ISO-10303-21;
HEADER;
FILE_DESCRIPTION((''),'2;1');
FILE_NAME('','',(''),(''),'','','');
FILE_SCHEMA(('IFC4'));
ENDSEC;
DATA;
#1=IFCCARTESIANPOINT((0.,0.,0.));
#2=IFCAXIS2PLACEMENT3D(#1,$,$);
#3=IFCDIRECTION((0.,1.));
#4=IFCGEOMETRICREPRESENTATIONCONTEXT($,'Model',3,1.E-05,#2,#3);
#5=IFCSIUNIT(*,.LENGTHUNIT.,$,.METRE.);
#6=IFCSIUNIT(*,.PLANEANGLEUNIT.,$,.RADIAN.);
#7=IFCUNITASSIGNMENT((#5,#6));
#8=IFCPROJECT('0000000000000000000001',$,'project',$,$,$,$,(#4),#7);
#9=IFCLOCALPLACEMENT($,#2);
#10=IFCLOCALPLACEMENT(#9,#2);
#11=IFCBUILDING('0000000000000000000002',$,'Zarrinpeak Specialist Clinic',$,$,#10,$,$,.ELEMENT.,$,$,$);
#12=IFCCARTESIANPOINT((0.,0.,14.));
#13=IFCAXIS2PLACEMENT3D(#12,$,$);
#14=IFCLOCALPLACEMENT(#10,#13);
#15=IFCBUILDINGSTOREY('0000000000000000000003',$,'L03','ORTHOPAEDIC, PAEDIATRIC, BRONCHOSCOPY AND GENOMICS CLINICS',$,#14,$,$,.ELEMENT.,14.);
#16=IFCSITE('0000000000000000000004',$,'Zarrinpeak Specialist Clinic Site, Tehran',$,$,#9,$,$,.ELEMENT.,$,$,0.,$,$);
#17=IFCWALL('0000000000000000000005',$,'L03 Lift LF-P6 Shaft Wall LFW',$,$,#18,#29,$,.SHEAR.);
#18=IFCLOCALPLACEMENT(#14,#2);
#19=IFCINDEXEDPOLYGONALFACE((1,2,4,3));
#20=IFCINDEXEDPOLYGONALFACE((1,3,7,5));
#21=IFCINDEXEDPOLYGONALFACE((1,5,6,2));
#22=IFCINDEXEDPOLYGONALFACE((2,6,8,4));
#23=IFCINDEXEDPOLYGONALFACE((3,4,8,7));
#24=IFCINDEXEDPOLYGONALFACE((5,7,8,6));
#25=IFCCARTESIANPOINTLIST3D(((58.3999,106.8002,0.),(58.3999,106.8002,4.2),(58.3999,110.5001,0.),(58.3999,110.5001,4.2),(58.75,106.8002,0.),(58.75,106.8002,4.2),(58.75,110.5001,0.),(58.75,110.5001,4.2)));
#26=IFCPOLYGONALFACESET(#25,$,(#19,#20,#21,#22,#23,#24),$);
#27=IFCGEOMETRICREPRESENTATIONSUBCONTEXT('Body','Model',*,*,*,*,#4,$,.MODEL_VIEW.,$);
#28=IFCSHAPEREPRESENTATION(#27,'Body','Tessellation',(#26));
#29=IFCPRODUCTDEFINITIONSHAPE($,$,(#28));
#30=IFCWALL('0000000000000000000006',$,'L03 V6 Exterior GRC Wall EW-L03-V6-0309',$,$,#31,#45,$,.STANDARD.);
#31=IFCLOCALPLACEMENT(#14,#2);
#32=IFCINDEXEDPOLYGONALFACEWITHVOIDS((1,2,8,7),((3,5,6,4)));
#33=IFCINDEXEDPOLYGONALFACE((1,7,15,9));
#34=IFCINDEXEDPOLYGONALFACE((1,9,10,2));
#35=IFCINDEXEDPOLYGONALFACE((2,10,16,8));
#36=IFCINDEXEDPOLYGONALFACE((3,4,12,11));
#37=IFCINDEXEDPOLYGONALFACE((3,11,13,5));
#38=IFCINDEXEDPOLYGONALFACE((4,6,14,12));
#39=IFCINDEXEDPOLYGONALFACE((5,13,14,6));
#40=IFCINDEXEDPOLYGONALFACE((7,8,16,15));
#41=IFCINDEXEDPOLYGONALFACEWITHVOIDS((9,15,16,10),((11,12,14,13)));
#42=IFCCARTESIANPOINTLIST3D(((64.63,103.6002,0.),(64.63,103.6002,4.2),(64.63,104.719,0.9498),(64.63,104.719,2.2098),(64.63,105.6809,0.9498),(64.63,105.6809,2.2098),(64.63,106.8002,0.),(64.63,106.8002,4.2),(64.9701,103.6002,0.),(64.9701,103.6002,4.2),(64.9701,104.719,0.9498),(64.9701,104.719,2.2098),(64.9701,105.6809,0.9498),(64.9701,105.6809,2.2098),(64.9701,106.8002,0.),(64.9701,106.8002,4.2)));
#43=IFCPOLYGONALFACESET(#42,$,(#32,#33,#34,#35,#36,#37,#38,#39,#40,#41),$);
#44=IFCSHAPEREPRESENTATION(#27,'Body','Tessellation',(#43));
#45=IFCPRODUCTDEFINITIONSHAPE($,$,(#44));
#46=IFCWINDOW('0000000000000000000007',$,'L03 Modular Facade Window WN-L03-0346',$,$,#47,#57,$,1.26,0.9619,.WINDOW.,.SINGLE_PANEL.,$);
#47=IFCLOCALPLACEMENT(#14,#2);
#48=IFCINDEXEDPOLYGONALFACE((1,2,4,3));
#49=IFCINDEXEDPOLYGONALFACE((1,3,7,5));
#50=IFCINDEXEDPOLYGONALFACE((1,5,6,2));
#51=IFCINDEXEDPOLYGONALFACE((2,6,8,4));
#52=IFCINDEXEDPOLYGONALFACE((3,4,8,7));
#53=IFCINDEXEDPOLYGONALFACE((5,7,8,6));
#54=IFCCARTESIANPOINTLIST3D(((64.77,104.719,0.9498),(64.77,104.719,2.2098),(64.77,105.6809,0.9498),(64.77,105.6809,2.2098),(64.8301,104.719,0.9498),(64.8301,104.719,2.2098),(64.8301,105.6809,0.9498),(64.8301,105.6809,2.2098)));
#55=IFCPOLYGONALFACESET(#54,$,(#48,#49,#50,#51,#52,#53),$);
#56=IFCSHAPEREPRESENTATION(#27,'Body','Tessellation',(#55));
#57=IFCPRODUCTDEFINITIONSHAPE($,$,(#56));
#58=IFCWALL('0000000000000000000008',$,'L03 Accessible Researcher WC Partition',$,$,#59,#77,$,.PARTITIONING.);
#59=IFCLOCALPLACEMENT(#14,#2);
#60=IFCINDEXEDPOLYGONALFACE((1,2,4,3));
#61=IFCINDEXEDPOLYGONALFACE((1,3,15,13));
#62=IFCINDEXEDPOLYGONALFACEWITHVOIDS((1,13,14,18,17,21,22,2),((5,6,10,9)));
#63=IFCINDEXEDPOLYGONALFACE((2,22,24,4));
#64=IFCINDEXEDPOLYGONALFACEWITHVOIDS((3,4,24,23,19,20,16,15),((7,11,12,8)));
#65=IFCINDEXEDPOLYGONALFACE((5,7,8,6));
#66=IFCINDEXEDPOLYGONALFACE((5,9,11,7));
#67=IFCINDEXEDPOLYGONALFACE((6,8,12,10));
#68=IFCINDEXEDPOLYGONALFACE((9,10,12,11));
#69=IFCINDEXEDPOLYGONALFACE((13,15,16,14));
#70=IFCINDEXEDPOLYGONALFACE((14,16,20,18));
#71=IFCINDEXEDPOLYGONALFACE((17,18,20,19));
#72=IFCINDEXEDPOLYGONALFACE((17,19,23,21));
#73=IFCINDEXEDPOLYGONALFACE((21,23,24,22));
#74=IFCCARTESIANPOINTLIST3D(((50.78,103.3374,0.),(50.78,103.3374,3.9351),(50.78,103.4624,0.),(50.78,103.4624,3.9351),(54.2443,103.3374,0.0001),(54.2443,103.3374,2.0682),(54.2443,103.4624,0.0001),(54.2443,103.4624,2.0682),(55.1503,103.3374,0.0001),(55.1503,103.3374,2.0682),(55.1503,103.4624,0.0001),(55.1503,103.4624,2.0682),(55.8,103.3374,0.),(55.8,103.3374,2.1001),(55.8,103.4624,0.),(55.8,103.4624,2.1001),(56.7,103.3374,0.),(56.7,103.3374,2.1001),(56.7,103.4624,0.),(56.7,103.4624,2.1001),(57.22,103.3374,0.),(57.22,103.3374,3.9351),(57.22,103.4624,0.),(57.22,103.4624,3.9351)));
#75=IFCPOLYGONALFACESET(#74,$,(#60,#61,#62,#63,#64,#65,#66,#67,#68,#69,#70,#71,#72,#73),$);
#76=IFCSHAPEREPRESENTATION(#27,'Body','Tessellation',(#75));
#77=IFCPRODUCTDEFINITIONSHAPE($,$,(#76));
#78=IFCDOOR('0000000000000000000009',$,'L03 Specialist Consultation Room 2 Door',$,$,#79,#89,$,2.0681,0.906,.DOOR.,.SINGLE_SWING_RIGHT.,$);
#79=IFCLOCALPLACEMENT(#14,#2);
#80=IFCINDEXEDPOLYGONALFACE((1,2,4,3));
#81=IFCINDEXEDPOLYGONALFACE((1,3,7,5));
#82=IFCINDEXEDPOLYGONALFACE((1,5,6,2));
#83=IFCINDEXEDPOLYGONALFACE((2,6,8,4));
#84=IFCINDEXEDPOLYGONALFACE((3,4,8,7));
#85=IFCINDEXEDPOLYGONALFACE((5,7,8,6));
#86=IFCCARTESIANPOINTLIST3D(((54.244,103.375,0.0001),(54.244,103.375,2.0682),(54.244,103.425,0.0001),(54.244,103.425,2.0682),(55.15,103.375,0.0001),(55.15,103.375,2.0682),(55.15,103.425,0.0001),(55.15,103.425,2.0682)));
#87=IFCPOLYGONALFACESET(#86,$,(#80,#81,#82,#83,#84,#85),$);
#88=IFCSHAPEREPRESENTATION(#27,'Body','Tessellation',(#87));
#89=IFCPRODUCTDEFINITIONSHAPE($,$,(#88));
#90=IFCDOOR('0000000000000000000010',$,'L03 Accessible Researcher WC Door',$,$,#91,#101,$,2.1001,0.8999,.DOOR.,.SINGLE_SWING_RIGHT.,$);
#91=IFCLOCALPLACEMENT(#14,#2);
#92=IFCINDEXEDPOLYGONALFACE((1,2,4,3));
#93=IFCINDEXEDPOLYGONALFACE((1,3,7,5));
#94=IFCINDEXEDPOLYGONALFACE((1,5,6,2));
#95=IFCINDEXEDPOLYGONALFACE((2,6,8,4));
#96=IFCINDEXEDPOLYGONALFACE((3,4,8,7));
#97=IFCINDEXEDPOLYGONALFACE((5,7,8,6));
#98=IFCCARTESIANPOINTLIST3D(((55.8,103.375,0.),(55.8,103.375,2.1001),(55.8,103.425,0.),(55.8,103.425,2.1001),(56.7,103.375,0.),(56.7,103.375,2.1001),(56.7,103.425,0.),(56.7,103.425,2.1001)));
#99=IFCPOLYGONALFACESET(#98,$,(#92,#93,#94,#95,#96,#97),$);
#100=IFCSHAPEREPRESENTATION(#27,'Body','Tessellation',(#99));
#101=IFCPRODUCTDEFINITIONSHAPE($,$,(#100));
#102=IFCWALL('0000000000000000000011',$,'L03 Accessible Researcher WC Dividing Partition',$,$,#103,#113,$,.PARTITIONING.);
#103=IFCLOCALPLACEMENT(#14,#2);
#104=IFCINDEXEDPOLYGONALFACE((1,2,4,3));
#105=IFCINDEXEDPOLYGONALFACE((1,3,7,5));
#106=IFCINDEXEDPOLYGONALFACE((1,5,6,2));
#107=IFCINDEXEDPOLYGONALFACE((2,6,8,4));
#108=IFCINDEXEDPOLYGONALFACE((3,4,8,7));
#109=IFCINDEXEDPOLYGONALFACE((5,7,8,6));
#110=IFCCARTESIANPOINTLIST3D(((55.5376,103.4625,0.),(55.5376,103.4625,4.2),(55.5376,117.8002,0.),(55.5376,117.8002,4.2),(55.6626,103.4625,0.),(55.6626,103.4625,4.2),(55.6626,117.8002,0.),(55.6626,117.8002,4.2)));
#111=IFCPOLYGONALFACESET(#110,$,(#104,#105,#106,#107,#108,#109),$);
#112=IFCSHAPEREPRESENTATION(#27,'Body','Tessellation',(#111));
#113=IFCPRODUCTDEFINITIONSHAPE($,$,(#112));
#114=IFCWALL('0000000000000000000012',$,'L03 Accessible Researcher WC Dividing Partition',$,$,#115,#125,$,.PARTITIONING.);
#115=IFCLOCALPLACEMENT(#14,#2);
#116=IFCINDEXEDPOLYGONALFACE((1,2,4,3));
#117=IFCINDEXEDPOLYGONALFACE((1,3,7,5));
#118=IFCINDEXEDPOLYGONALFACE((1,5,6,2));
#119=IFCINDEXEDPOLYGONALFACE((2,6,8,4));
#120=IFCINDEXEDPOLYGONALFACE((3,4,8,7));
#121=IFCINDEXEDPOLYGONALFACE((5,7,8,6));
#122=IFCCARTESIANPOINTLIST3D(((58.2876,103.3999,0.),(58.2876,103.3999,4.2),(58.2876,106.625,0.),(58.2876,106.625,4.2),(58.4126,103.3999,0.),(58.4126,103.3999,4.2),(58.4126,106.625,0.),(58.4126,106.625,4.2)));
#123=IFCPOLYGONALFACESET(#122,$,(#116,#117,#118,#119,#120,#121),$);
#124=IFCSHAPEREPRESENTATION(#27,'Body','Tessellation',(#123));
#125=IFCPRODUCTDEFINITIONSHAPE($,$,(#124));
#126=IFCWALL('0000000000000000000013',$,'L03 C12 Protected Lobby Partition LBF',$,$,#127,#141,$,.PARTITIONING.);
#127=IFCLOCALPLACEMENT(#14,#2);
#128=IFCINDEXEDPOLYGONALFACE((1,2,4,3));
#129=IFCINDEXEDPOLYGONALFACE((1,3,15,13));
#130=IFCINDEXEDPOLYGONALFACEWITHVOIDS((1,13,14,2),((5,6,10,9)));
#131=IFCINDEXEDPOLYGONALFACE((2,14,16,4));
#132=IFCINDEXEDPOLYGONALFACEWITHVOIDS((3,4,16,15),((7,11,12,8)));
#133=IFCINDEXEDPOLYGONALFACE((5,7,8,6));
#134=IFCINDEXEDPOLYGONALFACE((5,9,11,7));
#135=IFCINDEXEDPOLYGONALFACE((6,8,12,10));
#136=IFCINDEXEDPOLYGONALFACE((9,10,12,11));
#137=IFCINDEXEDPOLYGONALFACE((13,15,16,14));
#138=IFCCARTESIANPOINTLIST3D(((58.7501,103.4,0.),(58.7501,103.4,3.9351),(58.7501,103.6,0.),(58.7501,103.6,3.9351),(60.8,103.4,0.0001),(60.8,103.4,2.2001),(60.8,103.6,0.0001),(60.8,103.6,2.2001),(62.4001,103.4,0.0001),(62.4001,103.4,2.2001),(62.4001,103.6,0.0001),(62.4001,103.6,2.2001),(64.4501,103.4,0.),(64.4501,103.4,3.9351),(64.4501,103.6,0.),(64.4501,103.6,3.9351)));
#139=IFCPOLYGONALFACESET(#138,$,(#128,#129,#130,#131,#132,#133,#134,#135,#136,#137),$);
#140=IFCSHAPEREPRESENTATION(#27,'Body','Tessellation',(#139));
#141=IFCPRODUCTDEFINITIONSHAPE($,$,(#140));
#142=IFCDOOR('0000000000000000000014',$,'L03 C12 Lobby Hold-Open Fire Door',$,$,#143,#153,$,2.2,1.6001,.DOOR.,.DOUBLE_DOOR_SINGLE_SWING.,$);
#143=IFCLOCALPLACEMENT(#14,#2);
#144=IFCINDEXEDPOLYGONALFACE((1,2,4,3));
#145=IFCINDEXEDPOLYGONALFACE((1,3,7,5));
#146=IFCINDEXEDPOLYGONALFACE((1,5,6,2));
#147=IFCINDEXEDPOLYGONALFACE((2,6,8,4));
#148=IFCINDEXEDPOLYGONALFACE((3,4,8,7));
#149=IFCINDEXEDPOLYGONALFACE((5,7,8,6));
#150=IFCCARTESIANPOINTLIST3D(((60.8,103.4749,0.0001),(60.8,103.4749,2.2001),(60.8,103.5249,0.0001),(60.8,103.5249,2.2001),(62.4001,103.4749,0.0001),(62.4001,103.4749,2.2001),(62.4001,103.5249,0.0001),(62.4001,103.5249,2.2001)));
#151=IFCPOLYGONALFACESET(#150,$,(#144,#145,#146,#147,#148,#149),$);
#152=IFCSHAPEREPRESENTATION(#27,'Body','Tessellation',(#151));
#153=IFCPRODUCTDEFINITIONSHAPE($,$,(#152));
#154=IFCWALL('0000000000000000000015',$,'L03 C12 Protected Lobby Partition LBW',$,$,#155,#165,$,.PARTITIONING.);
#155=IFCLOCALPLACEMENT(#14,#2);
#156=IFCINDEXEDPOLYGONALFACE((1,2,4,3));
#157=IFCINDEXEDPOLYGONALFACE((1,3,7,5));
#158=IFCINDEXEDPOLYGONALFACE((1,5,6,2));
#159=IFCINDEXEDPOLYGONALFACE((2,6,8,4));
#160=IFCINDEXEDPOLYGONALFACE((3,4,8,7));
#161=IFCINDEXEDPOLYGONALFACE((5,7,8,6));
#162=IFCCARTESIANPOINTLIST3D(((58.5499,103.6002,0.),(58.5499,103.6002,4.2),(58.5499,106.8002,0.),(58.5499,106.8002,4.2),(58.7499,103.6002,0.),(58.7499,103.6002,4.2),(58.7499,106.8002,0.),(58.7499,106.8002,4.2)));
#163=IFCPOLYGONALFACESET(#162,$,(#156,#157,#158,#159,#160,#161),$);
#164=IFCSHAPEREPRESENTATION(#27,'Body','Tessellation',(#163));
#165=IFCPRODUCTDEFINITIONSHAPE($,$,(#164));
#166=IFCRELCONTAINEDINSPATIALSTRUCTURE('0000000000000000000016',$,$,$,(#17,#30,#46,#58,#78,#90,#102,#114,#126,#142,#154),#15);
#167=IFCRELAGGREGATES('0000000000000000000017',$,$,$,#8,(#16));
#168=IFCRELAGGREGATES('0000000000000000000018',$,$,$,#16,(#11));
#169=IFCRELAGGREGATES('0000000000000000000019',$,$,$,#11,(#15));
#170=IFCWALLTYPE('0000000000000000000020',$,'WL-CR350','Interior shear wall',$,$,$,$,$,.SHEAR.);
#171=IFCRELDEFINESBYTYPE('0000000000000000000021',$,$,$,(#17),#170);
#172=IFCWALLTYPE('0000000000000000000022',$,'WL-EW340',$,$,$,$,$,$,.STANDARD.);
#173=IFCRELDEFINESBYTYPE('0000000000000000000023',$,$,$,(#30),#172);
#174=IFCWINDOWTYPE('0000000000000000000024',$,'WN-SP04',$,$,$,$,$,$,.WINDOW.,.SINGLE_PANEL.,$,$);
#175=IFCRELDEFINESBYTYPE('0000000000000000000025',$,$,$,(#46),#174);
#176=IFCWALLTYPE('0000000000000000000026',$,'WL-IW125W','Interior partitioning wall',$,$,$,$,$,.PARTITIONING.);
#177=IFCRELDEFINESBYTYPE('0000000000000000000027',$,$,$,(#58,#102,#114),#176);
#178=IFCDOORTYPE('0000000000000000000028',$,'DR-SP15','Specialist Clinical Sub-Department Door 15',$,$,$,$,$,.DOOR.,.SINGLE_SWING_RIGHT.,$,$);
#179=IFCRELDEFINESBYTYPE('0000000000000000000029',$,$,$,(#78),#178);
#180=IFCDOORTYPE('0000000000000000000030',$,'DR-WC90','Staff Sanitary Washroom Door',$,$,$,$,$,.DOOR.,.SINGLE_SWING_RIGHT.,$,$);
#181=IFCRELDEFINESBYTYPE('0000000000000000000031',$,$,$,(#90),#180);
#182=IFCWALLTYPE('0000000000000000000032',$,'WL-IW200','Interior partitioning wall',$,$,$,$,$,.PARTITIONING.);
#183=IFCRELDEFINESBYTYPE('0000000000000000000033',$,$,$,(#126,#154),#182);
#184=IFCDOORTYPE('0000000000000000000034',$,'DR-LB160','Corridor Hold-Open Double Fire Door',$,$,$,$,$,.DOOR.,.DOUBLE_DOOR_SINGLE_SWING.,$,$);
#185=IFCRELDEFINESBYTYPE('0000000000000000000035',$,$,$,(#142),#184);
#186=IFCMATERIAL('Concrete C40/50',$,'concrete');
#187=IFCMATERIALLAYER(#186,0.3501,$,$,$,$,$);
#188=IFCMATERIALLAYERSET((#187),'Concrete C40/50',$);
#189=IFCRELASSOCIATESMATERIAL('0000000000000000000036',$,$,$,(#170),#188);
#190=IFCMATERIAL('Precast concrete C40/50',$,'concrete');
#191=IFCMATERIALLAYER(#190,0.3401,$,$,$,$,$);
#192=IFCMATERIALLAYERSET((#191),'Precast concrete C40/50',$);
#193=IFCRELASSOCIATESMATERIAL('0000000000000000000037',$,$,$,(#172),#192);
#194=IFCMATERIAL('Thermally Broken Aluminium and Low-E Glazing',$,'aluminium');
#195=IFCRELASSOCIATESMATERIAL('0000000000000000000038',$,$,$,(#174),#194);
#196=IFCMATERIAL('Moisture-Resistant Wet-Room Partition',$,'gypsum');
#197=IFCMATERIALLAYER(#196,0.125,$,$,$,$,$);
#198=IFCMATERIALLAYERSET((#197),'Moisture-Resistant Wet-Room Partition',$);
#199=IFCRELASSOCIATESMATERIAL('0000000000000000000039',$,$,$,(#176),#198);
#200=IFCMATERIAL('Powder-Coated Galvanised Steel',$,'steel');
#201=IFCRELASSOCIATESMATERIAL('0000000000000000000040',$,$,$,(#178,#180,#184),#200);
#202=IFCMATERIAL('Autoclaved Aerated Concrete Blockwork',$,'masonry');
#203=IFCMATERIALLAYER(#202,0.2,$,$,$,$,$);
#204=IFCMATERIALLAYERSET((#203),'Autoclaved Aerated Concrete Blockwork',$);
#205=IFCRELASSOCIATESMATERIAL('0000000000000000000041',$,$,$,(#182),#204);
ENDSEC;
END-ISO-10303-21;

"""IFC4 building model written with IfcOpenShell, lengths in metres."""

from ifc_helpers import new_model, si_unit, direction, frame, frame_2d, origin, place, context, subcontext, project, spatial, rectangle, extrude, material, layer, layer_set, type_object, element, fill, save


model = new_model("IFC4")

# Units and contexts
model_context = context("Model", 3, precision=1e-05, world=origin(), true_north=direction((0.0, 1.0)))
body_context = subcontext(model_context, "Body", "Model", "MODEL_VIEW")
ifc_project = project(units=[si_unit("LENGTHUNIT", "METRE"), si_unit("PLANEANGLEUNIT", "RADIAN")], contexts=[model_context])

# Site, building, storey
site_placement = place(None, origin())
site = spatial("IfcSite", under=ifc_project, at=site_placement, Name="Zarrinpeak Specialist Clinic Site, Tehran", CompositionType="ELEMENT", RefElevation=0.0)
building_placement = place(site_placement, origin())
building = spatial("IfcBuilding", under=site, at=building_placement, Name="Zarrinpeak Specialist Clinic", CompositionType="ELEMENT")
storey_placement = place(building_placement, frame((0.0, 0.0, 14.0)))
storey = spatial("IfcBuildingStorey", under=building, at=storey_placement, Name="L03", Description="ORTHOPAEDIC, PAEDIATRIC, BRONCHOSCOPY AND GENOMICS CLINICS", CompositionType="ELEMENT", Elevation=14.0)

# Shared definitions
ifc_material_1 = material(Name="Concrete C40/50", Category="concrete")
ifc_layer_1 = layer(ifc_material_1, 0.3501)
ifc_layer_set_1 = layer_set([ifc_layer_1], Name="Concrete C40/50")
wall_type_1 = type_object("IfcWallType", Name="WL-CR350", Description="Interior shear wall", PredefinedType="SHEAR", material=ifc_layer_set_1)
ifc_material_2 = material(Name="Powder-Coated Galvanised Steel", Category="steel")

# Wall
wall_1_placement = place(storey_placement, frame((58.575, 106.8, 0.0), z_axis=(0.0, 0.0, 1.0), x_axis=(0.0, 1.0, 0.0)))
element("IfcWall", 1, at=wall_1_placement, inside=storey, type_object=wall_type_1, Name="L03 Lift LF-P6 Shaft Wall LFW", PredefinedType="SHEAR", context=body_context, shape_type="SweptSolid", body=[
    extrude(rectangle(XDim=3.7, YDim=0.3501, at=frame_2d((1.8501, 0.0))), origin(), (0.0, 0.0, 1.0), 4.2),
])

# Wall, opening, window
ifc_material_3 = material(Name="Precast concrete C40/50", Category="concrete")
ifc_layer_2 = layer(ifc_material_3, 0.3401)
ifc_layer_set_2 = layer_set([ifc_layer_2], Name="Precast concrete C40/50")
wall_type_2 = type_object("IfcWallType", Name="WL-EW340", PredefinedType="STANDARD", material=ifc_layer_set_2)
wall_2_placement = place(storey_placement, frame((64.8, 103.6001, 0.0), z_axis=(0.0, 0.0, 1.0), x_axis=(0.0, 1.0, 0.0)))
wall_2 = element("IfcWall", 2, at=wall_2_placement, inside=storey, type_object=wall_type_2, Name="L03 V6 Exterior GRC Wall EW-L03-V6-0309", PredefinedType="STANDARD", context=body_context, shape_type="SweptSolid", body=[
    extrude(rectangle(XDim=3.2, YDim=0.3401, at=frame_2d((1.6001, 0.0))), origin(), (0.0, 0.0, 1.0), 4.2),
])
opening_1_placement = place(wall_2_placement, frame((1.1189, 0.0, 0.95)))
opening_1 = element("IfcOpeningElement", 3, at=opening_1_placement, cuts=wall_2, PredefinedType="OPENING", context=body_context, shape_type="SweptSolid", body=[
    extrude(rectangle(XDim=0.9619, YDim=1.26, at=frame_2d((0.481, 0.6299))), frame((0.0, 0.1802, 0.0), z_axis=(0.0, -1.0, 0.0), x_axis=(1.0, 0.0, 0.0)), (0.0, 0.0, 1.0), 0.3601),
])
ifc_material_4 = material(Name="Thermally Broken Aluminium and Low-E Glazing", Category="aluminium")
window_type = type_object("IfcWindowType", Name="WN-SP04", PartitioningType="SINGLE_PANEL", PredefinedType="WINDOW", material=ifc_material_4)
window_placement = place(opening_1_placement, origin())
window = element("IfcWindow", 4, at=window_placement, inside=storey, type_object=window_type, Name="L03 Modular Facade Window WN-L03-0346", OverallHeight=1.26, OverallWidth=0.9619, PartitioningType="SINGLE_PANEL", PredefinedType="WINDOW", context=body_context, shape_type="SweptSolid", body=[
    extrude(rectangle(XDim=0.9619, YDim=1.26, at=frame_2d((0.481, 0.6299))), frame((0.0, 0.03, 0.0), z_axis=(0.0, -1.0, 0.0), x_axis=(1.0, 0.0, 0.0)), (0.0, 0.0, 1.0), 0.0601),
])
fill(opening_1, window)

# Wall, openings, doors
ifc_material_5 = material(Name="Moisture-Resistant Wet-Room Partition", Category="gypsum")
ifc_layer_3 = layer(ifc_material_5, 0.125)
ifc_layer_set_3 = layer_set([ifc_layer_3], Name="Moisture-Resistant Wet-Room Partition")
wall_type_3 = type_object("IfcWallType", Name="WL-IW125W", Description="Interior partitioning wall", PredefinedType="PARTITIONING", material=ifc_layer_set_3)
wall_3_placement = place(storey_placement, frame((50.78, 103.3999, 0.0), z_axis=(0.0, 0.0, 1.0), x_axis=(1.0, 0.0, 0.0)))
wall_3 = element("IfcWall", 5, at=wall_3_placement, inside=storey, type_object=wall_type_3, Name="L03 Accessible Researcher WC Partition", PredefinedType="PARTITIONING", context=body_context, shape_type="SweptSolid", body=[
    extrude(rectangle(XDim=6.4399, YDim=0.125, at=frame_2d((3.22, 0.0))), origin(), (0.0, 0.0, 1.0), 3.9351),
])
opening_2_placement = place(wall_3_placement, frame((5.02, 0.0, 0.0)))
opening_2 = element("IfcOpeningElement", 6, at=opening_2_placement, cuts=wall_3, PredefinedType="OPENING", context=body_context, shape_type="SweptSolid", body=[
    extrude(rectangle(XDim=0.8999, YDim=2.1001, at=frame_2d((0.45, 1.05))), frame((0.0, 0.0725, 0.0), z_axis=(0.0, -1.0, 0.0), x_axis=(1.0, 0.0, 0.0)), (0.0, 0.0, 1.0), 0.145),
])
opening_3_placement = place(wall_3_placement, frame((3.4641, 0.0, 0.0)))
opening_3 = element("IfcOpeningElement", 7, at=opening_3_placement, cuts=wall_3, PredefinedType="OPENING", context=body_context, shape_type="SweptSolid", body=[
    extrude(rectangle(XDim=0.906, YDim=2.0681, at=frame_2d((0.4531, 1.0342))), frame((0.0, 0.0725, 0.0), z_axis=(0.0, -1.0, 0.0), x_axis=(1.0, 0.0, 0.0)), (0.0, 0.0, 1.0), 0.145),
])
door_type_1 = type_object("IfcDoorType", Name="DR-SP15", Description="Specialist Clinical Sub-Department Door 15", OperationType="SINGLE_SWING_RIGHT", PredefinedType="DOOR", material=ifc_material_2)
door_1_placement = place(opening_3_placement, frame((0.906, 0.0, 0.0), z_axis=(0.0, 0.0, 1.0), x_axis=(-1.0, 0.0, 0.0)))
door_1 = element("IfcDoor", 8, at=door_1_placement, inside=storey, type_object=door_type_1, Name="L03 Specialist Consultation Room 2 Door", OperationType="SINGLE_SWING_RIGHT", OverallHeight=2.0681, OverallWidth=0.906, PredefinedType="DOOR", context=body_context, shape_type="SweptSolid", body=[
    extrude(rectangle(XDim=0.906, YDim=2.0681, at=frame_2d((0.4531, 1.0342))), frame((0.0, 0.0249, 0.0), z_axis=(0.0, -1.0, 0.0), x_axis=(1.0, 0.0, 0.0)), (0.0, 0.0, 1.0), 0.05),
])
fill(opening_3, door_1)
door_type_2 = type_object("IfcDoorType", Name="DR-WC90", Description="Staff Sanitary Washroom Door", OperationType="SINGLE_SWING_RIGHT", PredefinedType="DOOR", material=ifc_material_2)
door_2_placement = place(opening_2_placement, frame((0.8999, 0.0, 0.0), z_axis=(0.0, 0.0, 1.0), x_axis=(-1.0, 0.0, 0.0)))
door_2 = element("IfcDoor", 9, at=door_2_placement, inside=storey, type_object=door_type_2, Name="L03 Accessible Researcher WC Door", OperationType="SINGLE_SWING_RIGHT", OverallHeight=2.1001, OverallWidth=0.8999, PredefinedType="DOOR", context=body_context, shape_type="SweptSolid", body=[
    extrude(rectangle(XDim=0.8999, YDim=2.1001, at=frame_2d((0.45, 1.05))), frame((0.0, 0.0249, 0.0), z_axis=(0.0, -1.0, 0.0), x_axis=(1.0, 0.0, 0.0)), (0.0, 0.0, 1.0), 0.05),
])
fill(opening_2, door_2)

# Walls
wall_4_placement = place(storey_placement, frame((55.6001, 103.4624, 0.0), z_axis=(0.0, 0.0, 1.0), x_axis=(0.0, 1.0, 0.0)))
element("IfcWall", 10, at=wall_4_placement, inside=storey, type_object=wall_type_3, Name="L03 Accessible Researcher WC Dividing Partition", PredefinedType="PARTITIONING", context=body_context, shape_type="SweptSolid", body=[
    extrude(rectangle(XDim=14.3376, YDim=0.125, at=frame_2d((7.1689, 0.0))), origin(), (0.0, 0.0, 1.0), 4.2),
])
wall_5_placement = place(storey_placement, frame((58.3501, 103.3999, 0.0), z_axis=(0.0, 0.0, 1.0), x_axis=(0.0, 1.0, 0.0)))
element("IfcWall", 11, at=wall_5_placement, inside=storey, type_object=wall_type_3, Name="L03 Accessible Researcher WC Dividing Partition", PredefinedType="PARTITIONING", context=body_context, shape_type="SweptSolid", body=[
    extrude(rectangle(XDim=3.2251, YDim=0.125, at=frame_2d((1.6125, 0.0))), origin(), (0.0, 0.0, 1.0), 4.2),
])

# Wall, opening, door
ifc_material_6 = material(Name="Autoclaved Aerated Concrete Blockwork", Category="masonry")
ifc_layer_4 = layer(ifc_material_6, 0.2)
ifc_layer_set_4 = layer_set([ifc_layer_4], Name="Autoclaved Aerated Concrete Blockwork")
wall_type_4 = type_object("IfcWallType", Name="WL-IW200", Description="Interior partitioning wall", PredefinedType="PARTITIONING", material=ifc_layer_set_4)
wall_6_placement = place(storey_placement, frame((58.75, 103.5, 0.0), z_axis=(0.0, 0.0, 1.0), x_axis=(1.0, 0.0, 0.0)))
wall_6 = element("IfcWall", 12, at=wall_6_placement, inside=storey, type_object=wall_type_4, Name="L03 C12 Protected Lobby Partition LBF", PredefinedType="PARTITIONING", context=body_context, shape_type="SweptSolid", body=[
    extrude(rectangle(XDim=5.7, YDim=0.2, at=frame_2d((2.8501, 0.0))), origin(), (0.0, 0.0, 1.0), 3.9351),
])
opening_4_placement = place(wall_6_placement, frame((2.05, 0.0, 0.0)))
opening_4 = element("IfcOpeningElement", 13, at=opening_4_placement, cuts=wall_6, PredefinedType="OPENING", context=body_context, shape_type="SweptSolid", body=[
    extrude(rectangle(XDim=1.6001, YDim=2.2, at=frame_2d((0.8, 1.1001))), frame((0.0, 0.1099, 0.0), z_axis=(0.0, -1.0, 0.0), x_axis=(1.0, 0.0, 0.0)), (0.0, 0.0, 1.0), 0.22),
])
door_type_3 = type_object("IfcDoorType", Name="DR-LB160", Description="Corridor Hold-Open Double Fire Door", OperationType="DOUBLE_DOOR_SINGLE_SWING", PredefinedType="DOOR", material=ifc_material_2)
door_3_placement = place(opening_4_placement, origin())
door_3 = element("IfcDoor", 14, at=door_3_placement, inside=storey, type_object=door_type_3, Name="L03 C12 Lobby Hold-Open Fire Door", OperationType="DOUBLE_DOOR_SINGLE_SWING", OverallHeight=2.2, OverallWidth=1.6001, PredefinedType="DOOR", context=body_context, shape_type="SweptSolid", body=[
    extrude(rectangle(XDim=1.6001, YDim=2.2, at=frame_2d((0.8, 1.1001))), frame((0.0, 0.0249, 0.0), z_axis=(0.0, -1.0, 0.0), x_axis=(1.0, 0.0, 0.0)), (0.0, 0.0, 1.0), 0.05),
])
fill(opening_4, door_3)

# Wall
wall_7_placement = place(storey_placement, frame((58.6499, 103.6001, 0.0), z_axis=(0.0, 0.0, 1.0), x_axis=(0.0, 1.0, 0.0)))
element("IfcWall", 15, at=wall_7_placement, inside=storey, type_object=wall_type_4, Name="L03 C12 Protected Lobby Partition LBW", PredefinedType="PARTITIONING", context=body_context, shape_type="SweptSolid", body=[
    extrude(rectangle(XDim=3.2, YDim=0.2, at=frame_2d((1.6001, 0.0))), origin(), (0.0, 0.0, 1.0), 4.2),
])

save(model, "model.ifc")
